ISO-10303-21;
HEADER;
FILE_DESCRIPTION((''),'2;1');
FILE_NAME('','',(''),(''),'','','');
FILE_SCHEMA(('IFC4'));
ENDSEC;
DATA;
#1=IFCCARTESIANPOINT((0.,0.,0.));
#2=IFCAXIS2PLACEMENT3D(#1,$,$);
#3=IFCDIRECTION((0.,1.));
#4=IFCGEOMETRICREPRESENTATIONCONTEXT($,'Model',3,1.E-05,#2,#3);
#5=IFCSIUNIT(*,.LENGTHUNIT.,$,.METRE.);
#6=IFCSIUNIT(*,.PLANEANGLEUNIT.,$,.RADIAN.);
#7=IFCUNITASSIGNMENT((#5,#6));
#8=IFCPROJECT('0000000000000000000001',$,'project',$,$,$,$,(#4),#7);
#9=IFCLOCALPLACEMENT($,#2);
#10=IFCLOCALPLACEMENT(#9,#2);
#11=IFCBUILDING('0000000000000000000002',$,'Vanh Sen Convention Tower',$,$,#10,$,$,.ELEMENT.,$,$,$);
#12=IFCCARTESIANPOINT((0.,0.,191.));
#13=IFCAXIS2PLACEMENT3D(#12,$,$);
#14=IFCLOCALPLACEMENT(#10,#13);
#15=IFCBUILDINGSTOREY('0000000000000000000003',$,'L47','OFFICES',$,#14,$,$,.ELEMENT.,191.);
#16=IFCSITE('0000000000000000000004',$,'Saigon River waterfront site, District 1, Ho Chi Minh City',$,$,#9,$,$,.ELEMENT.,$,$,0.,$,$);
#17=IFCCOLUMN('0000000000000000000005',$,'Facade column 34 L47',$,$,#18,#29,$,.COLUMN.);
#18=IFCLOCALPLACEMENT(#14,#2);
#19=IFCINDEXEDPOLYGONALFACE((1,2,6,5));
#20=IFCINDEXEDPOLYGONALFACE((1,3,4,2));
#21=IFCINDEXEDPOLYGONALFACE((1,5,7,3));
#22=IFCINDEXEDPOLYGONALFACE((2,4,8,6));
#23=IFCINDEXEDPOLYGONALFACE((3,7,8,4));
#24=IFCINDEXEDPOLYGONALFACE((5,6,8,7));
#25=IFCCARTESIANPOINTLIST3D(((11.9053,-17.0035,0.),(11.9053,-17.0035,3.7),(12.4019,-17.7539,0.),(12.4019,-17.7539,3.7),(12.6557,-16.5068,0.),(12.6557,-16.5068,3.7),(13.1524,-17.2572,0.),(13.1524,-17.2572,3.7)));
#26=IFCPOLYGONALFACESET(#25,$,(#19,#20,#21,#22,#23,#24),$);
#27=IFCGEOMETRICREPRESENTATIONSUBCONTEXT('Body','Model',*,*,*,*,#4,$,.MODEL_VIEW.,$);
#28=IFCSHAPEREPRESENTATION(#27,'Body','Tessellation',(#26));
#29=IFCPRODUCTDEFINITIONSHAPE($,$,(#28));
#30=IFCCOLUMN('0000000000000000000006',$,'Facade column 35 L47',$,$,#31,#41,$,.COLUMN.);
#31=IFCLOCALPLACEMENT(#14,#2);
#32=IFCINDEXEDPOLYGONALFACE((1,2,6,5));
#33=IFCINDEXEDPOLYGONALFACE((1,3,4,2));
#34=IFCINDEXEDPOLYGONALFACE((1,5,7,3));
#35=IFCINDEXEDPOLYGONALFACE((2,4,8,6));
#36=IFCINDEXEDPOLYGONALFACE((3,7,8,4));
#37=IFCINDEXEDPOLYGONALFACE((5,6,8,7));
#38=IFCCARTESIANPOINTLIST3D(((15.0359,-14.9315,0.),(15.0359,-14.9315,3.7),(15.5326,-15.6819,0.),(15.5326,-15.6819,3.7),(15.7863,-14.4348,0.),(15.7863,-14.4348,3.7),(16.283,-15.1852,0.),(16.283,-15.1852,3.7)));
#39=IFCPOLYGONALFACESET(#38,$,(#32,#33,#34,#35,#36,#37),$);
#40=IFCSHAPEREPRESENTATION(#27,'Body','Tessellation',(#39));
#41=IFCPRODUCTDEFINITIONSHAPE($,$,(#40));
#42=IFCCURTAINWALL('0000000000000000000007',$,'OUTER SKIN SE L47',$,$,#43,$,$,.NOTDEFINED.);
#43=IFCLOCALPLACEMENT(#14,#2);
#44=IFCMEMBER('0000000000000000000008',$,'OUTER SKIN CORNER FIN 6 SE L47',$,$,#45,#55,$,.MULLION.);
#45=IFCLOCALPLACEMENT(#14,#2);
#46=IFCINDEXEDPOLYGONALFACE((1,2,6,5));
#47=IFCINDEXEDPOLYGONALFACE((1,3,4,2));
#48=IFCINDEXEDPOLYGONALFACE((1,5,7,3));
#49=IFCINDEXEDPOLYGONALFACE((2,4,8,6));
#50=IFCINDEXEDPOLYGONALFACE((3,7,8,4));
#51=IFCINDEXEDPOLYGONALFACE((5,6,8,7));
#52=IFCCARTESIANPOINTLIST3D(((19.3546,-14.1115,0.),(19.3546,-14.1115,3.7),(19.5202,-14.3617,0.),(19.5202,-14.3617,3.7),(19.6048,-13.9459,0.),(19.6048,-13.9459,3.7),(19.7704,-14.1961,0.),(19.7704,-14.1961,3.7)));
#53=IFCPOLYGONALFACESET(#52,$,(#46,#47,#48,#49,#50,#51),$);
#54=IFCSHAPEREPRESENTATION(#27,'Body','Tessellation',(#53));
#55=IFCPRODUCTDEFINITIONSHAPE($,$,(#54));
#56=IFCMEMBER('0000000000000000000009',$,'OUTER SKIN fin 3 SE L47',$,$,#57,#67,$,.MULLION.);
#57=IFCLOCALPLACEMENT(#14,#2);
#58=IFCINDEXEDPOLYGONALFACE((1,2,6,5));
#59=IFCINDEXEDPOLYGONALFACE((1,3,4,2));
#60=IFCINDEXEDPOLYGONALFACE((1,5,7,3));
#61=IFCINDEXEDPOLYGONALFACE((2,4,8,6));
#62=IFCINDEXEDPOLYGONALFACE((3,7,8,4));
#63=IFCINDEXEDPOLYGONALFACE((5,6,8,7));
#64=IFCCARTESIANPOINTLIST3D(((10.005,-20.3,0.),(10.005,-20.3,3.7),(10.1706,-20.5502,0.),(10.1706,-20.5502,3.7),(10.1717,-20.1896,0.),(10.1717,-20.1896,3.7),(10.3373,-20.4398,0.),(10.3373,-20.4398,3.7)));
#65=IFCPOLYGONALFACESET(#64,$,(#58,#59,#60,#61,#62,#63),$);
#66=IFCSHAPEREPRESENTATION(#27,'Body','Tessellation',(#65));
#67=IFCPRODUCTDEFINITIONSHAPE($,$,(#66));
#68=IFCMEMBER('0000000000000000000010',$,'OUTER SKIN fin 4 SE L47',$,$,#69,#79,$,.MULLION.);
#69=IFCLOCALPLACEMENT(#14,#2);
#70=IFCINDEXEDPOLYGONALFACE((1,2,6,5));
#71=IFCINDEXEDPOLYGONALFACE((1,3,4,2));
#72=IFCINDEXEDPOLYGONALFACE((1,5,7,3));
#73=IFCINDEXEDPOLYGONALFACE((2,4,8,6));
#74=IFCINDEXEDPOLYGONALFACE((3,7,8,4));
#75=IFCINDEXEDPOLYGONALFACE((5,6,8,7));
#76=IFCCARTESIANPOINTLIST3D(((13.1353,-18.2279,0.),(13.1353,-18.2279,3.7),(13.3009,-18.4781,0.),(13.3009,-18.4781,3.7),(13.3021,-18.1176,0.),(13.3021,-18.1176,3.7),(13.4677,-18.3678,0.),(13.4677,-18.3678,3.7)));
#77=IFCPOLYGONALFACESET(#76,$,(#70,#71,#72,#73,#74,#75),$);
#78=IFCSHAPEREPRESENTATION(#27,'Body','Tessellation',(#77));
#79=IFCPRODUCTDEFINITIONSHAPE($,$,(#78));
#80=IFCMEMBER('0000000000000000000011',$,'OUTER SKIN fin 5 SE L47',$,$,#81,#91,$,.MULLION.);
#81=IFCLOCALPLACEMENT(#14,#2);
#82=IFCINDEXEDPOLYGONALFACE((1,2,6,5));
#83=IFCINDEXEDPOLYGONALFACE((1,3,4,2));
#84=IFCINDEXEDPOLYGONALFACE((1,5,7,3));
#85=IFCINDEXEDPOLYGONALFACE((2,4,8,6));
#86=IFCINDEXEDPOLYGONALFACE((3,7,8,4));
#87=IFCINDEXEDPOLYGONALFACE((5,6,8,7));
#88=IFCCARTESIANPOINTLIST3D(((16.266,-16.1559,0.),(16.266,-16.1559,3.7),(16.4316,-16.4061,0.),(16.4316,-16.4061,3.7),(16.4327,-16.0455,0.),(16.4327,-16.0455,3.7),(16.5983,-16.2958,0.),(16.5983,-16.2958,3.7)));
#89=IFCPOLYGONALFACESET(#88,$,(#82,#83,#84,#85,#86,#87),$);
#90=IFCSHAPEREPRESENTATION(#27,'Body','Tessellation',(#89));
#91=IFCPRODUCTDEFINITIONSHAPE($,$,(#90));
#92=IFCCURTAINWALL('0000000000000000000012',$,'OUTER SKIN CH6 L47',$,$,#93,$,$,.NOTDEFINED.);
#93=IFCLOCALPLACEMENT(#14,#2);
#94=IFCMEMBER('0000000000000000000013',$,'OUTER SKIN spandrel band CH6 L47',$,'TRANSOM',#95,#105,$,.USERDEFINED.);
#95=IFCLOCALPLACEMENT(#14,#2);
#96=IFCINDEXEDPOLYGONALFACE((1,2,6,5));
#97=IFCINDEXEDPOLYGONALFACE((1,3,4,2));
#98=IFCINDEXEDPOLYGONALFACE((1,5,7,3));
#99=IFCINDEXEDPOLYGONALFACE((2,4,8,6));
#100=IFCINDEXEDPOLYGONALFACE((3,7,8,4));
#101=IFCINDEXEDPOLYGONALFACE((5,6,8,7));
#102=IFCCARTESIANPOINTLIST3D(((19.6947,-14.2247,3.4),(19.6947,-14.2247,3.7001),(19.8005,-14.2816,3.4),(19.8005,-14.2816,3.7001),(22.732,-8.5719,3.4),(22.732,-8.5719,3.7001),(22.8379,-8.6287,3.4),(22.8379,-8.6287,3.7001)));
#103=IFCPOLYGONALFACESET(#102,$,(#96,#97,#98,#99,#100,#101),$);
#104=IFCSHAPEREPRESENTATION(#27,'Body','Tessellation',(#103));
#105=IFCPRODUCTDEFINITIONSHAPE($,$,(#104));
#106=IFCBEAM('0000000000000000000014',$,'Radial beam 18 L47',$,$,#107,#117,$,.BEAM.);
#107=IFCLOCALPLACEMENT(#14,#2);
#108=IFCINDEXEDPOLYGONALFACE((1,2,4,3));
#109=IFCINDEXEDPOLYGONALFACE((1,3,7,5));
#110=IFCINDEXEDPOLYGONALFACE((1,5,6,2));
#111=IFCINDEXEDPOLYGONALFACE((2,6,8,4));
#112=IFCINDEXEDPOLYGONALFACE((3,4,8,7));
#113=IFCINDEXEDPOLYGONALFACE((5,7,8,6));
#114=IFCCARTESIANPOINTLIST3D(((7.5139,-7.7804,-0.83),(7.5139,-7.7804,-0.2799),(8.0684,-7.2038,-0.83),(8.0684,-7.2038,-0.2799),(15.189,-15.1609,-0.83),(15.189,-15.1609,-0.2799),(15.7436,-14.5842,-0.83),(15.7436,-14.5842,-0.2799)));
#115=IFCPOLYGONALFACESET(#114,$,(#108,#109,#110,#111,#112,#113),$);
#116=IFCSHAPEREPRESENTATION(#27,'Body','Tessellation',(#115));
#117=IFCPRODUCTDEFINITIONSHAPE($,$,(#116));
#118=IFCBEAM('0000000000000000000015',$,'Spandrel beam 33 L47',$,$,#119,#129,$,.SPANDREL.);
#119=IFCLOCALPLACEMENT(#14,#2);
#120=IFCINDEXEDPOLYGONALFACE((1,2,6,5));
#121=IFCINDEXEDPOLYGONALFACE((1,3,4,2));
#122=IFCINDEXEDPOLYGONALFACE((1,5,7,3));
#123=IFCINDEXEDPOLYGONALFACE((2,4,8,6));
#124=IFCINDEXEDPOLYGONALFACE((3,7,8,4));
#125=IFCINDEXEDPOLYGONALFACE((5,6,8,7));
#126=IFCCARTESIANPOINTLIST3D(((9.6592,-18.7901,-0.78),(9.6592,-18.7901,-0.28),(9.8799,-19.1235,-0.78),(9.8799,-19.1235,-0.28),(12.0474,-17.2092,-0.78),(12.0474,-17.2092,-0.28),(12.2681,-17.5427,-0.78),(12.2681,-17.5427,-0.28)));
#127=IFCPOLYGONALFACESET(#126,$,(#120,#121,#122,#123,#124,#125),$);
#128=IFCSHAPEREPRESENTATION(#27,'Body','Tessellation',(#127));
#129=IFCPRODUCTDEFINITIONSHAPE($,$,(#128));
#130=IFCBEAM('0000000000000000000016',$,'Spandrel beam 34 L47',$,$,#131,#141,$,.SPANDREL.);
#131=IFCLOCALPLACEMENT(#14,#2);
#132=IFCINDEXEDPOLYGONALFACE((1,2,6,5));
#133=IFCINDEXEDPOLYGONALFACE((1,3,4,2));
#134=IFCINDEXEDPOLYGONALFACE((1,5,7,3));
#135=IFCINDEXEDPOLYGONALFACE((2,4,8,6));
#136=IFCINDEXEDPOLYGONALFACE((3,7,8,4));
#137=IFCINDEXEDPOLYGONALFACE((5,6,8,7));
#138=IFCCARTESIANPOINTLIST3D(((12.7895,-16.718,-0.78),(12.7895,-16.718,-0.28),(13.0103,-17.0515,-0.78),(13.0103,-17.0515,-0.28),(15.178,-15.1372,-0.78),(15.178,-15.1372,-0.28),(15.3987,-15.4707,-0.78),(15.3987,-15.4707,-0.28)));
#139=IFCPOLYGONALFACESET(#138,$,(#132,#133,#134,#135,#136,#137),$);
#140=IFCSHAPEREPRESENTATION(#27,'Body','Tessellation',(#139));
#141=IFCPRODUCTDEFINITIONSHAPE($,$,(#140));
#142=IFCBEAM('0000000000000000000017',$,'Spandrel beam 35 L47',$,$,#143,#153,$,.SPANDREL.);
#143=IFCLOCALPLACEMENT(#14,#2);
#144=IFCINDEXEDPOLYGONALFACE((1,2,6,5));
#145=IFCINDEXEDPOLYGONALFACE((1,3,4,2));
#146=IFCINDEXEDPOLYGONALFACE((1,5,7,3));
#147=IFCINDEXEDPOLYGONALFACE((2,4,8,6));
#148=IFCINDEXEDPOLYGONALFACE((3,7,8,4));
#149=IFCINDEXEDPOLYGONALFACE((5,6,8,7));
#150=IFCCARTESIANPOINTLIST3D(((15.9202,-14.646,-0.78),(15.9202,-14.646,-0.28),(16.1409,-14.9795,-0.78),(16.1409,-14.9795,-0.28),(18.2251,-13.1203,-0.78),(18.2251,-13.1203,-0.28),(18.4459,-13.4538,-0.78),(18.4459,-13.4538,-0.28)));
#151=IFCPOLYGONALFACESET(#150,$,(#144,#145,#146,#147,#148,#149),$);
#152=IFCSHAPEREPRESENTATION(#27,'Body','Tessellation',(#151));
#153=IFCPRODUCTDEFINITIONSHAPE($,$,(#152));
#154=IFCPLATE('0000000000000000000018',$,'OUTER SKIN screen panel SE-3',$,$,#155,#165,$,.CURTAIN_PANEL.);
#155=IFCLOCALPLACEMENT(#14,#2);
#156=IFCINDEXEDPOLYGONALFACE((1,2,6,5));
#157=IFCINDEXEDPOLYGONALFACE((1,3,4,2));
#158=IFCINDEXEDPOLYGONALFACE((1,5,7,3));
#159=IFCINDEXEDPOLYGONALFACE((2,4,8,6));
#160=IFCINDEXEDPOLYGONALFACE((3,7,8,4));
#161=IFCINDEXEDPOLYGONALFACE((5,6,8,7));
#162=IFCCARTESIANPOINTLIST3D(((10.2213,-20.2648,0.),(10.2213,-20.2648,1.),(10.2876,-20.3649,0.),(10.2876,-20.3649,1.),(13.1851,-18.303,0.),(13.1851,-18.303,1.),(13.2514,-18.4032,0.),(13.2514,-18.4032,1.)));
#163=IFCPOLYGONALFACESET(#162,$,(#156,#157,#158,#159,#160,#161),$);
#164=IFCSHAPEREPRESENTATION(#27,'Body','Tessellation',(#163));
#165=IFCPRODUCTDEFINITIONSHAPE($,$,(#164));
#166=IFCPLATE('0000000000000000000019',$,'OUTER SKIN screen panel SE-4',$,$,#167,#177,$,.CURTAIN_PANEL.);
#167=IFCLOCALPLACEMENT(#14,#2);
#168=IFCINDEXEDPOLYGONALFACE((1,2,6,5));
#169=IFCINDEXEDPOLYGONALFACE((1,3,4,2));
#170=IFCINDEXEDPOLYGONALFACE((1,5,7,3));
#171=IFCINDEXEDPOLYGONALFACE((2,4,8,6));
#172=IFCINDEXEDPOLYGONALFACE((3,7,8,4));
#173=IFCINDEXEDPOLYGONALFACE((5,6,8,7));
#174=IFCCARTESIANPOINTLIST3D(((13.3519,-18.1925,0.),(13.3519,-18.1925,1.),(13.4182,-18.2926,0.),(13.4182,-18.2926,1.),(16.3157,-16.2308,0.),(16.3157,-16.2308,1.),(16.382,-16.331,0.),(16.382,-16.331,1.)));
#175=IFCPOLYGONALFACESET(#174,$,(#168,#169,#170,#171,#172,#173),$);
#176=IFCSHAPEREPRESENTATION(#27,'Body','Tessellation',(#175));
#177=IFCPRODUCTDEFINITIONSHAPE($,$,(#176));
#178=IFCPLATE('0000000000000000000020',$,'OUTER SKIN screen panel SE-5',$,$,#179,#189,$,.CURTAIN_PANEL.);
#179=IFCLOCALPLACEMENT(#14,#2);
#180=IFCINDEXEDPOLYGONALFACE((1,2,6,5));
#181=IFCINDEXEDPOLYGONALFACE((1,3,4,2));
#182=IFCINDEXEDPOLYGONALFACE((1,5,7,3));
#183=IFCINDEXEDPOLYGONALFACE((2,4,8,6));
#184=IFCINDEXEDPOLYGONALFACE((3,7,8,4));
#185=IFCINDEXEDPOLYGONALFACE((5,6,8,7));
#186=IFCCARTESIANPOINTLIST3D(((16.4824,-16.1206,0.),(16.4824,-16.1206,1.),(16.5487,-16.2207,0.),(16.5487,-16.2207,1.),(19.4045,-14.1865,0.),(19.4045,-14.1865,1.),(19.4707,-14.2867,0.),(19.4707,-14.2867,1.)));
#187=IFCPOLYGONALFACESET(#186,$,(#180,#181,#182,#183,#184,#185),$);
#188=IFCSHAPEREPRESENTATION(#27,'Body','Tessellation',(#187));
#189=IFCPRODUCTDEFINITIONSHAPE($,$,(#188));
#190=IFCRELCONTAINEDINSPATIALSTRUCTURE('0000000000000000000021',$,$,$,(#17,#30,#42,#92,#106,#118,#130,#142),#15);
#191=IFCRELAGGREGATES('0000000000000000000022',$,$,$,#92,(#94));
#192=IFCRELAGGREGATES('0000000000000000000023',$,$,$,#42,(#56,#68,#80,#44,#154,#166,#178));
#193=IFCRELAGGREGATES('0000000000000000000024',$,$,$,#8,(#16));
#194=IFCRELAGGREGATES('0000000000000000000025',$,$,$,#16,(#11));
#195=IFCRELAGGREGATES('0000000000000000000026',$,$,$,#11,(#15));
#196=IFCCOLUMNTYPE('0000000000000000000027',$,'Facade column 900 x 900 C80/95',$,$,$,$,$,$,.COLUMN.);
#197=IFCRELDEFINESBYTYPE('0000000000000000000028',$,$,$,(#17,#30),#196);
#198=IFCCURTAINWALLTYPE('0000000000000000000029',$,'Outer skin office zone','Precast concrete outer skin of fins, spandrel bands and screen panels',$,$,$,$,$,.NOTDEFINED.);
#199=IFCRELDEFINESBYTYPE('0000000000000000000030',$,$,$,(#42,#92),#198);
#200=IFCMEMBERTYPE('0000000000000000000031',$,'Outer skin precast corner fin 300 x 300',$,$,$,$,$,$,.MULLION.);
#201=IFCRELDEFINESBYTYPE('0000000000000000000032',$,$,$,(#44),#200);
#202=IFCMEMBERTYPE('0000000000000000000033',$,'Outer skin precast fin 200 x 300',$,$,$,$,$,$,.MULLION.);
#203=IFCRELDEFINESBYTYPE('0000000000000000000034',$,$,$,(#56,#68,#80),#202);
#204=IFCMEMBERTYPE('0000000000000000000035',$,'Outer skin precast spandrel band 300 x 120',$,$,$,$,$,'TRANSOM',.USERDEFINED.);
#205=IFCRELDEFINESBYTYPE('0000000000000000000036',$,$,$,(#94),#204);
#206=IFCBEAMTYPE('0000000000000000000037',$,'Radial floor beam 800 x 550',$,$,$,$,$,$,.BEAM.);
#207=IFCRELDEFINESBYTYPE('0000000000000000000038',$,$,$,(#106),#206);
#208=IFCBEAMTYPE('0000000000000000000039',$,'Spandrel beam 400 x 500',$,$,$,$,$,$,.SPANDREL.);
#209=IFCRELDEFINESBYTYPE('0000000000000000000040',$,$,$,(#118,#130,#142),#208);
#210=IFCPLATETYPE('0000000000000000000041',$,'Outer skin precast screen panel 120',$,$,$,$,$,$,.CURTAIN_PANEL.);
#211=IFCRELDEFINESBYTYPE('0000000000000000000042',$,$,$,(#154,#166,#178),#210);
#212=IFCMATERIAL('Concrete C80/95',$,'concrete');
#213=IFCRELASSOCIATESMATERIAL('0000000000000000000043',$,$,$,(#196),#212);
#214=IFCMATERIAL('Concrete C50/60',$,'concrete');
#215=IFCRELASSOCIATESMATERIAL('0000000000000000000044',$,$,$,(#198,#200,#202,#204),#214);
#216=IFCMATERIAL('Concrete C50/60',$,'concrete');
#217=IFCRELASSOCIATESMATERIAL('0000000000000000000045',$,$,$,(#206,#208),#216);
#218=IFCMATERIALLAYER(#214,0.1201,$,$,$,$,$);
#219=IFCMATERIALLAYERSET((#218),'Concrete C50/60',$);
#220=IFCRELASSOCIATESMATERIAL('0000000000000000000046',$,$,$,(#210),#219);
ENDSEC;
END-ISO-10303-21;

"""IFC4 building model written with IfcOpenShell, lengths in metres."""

from ifc_helpers import new_model, si_unit, direction, frame, origin, origin_2d, place, context, subcontext, project, spatial, rectangle, extrude, material, layer, layer_set, material_profile, profile_set, type_object, element, aggregate, save


model = new_model("IFC4")

# Units and contexts
model_context = context("Model", 3, precision=1e-05, world=origin(), true_north=direction((0.0, 1.0)))
body_context = subcontext(model_context, "Body", "Model", "MODEL_VIEW")
ifc_project = project(units=[si_unit("LENGTHUNIT", "METRE"), si_unit("PLANEANGLEUNIT", "RADIAN")], contexts=[model_context])

# Site, building, storey
site_placement = place(None, origin())
site = spatial("IfcSite", under=ifc_project, at=site_placement, Name="Saigon River waterfront site, District 1, Ho Chi Minh City", CompositionType="ELEMENT", RefElevation=0.0)
building_placement = place(site_placement, origin())
building = spatial("IfcBuilding", under=site, at=building_placement, Name="Vanh Sen Convention Tower", CompositionType="ELEMENT")
storey_placement = place(building_placement, frame((0.0, 0.0, 191.0)))
storey = spatial("IfcBuildingStorey", under=building, at=storey_placement, Name="L47", Description="OFFICES", CompositionType="ELEMENT", Elevation=191.0)

# Columns
ifc_material_1 = material(Name="Concrete C80/95", Category="concrete")
ifc_material_profile_1 = material_profile(ifc_material_1, rectangle(XDim=0.8999, YDim=0.8999, at=origin_2d()), Name="RC 900X900")
ifc_profile_set_1 = profile_set([ifc_material_profile_1], Name="Concrete C80/95")
column_type = type_object("IfcColumnType", Name="Facade column 900 x 900 C80/95", PredefinedType="COLUMN", material=ifc_profile_set_1)
for number, where, z_axis, x_axis, name in (
    (1, (12.5288, -17.1304, 0.0), (0.0, 0.0, 1.0), (0.833886, 0.551937, 0.0), "Facade column 34 L47"),
    (2, (15.6594, -15.0583, 0.0), (0.0, 0.0, 1.0), (0.833886, 0.551937, 0.0), "Facade column 35 L47"),
):
    element("IfcColumn", number, at=place(storey_placement, frame(where, z_axis=z_axis, x_axis=x_axis)), inside=storey, type_object=column_type, Name=name, PredefinedType="COLUMN", context=body_context, shape_type="SweptSolid", body=[
        extrude(rectangle(XDim=0.8999, YDim=0.8999, at=origin_2d()), origin(), (0.0, 0.0, 1.0), 3.7),
    ])

# Curtain wall, members
ifc_material_2 = material(Name="Concrete C50/60", Category="concrete")
curtain_wall_type = type_object("IfcCurtainWallType", Name="Outer skin office zone", Description="Precast concrete outer skin of fins, spandrel bands and screen panels", PredefinedType="NOTDEFINED", material=ifc_material_2)
curtain_wall_1_placement = place(storey_placement, origin())
curtain_wall_1 = element("IfcCurtainWall", 3, at=curtain_wall_1_placement, inside=storey, type_object=curtain_wall_type, Name="OUTER SKIN SE L47", PredefinedType="NOTDEFINED")
ifc_material_profile_2 = material_profile(ifc_material_2, rectangle(XDim=0.3, YDim=0.3, at=origin_2d()), Name="Outer skin precast corner fin 300 x 300")
ifc_profile_set_2 = profile_set([ifc_material_profile_2], Name="Concrete C50/60")
member_type_1 = type_object("IfcMemberType", Name="Outer skin precast corner fin 300 x 300", PredefinedType="MULLION", material=ifc_profile_set_2)
member_1_placement = place(storey_placement, frame((19.5625, -14.1538, 0.0), z_axis=(0.0, 0.0, 1.0), x_axis=(0.833886, 0.551937, 0.0)))
member_1 = element("IfcMember", 4, at=member_1_placement, type_object=member_type_1, Name="OUTER SKIN CORNER FIN 6 SE L47", PredefinedType="MULLION", context=body_context, shape_type="SweptSolid", body=[
    extrude(rectangle(XDim=0.3, YDim=0.3, at=origin_2d()), origin(), (0.0, 0.0, 1.0), 3.7),
])
ifc_material_profile_3 = material_profile(ifc_material_2, rectangle(XDim=0.2, YDim=0.3, at=origin_2d()), Name="Outer skin precast fin 200 x 300")
ifc_profile_set_3 = profile_set([ifc_material_profile_3], Name="Concrete C50/60")
member_type_2 = type_object("IfcMemberType", Name="Outer skin precast fin 200 x 300", PredefinedType="MULLION", material=ifc_profile_set_3)
member_2_placement = place(storey_placement, frame((10.1711, -20.3699, 0.0), z_axis=(0.0, 0.0, 1.0), x_axis=(0.833886, 0.551937, 0.0)))
member_2 = element("IfcMember", 5, at=member_2_placement, type_object=member_type_2, Name="OUTER SKIN fin 3 SE L47", PredefinedType="MULLION", context=body_context, shape_type="SweptSolid", body=[
    extrude(rectangle(XDim=0.2, YDim=0.3, at=origin_2d()), origin(), (0.0, 0.0, 1.0), 3.7),
])
member_3_placement = place(storey_placement, frame((13.3015, -18.2979, 0.0), z_axis=(0.0, 0.0, 1.0), x_axis=(0.833886, 0.551937, 0.0)))
member_3 = element("IfcMember", 6, at=member_3_placement, type_object=member_type_2, Name="OUTER SKIN fin 4 SE L47", PredefinedType="MULLION", context=body_context, shape_type="SweptSolid", body=[
    extrude(rectangle(XDim=0.2, YDim=0.3, at=origin_2d()), origin(), (0.0, 0.0, 1.0), 3.7),
])
member_4_placement = place(storey_placement, frame((16.4321, -16.2258, 0.0), z_axis=(0.0, 0.0, 1.0), x_axis=(0.833886, 0.551937, 0.0)))
member_4 = element("IfcMember", 7, at=member_4_placement, type_object=member_type_2, Name="OUTER SKIN fin 5 SE L47", PredefinedType="MULLION", context=body_context, shape_type="SweptSolid", body=[
    extrude(rectangle(XDim=0.2, YDim=0.3, at=origin_2d()), origin(), (0.0, 0.0, 1.0), 3.7),
])

# Curtain wall, member
curtain_wall_2_placement = place(storey_placement, origin())
curtain_wall_2 = element("IfcCurtainWall", 8, at=curtain_wall_2_placement, inside=storey, type_object=curtain_wall_type, Name="OUTER SKIN CH6 L47", PredefinedType="NOTDEFINED")
ifc_material_profile_4 = material_profile(ifc_material_2, rectangle(XDim=0.1201, YDim=0.3, at=origin_2d()), Name="Outer skin precast spandrel band 300 x 120")
ifc_profile_set_4 = profile_set([ifc_material_profile_4], Name="Concrete C50/60")
member_type_3 = type_object("IfcMemberType", Name="Outer skin precast spandrel band 300 x 120", ElementType="TRANSOM", PredefinedType="USERDEFINED", material=ifc_profile_set_4)
member_5_placement = place(storey_placement, frame((19.7476, -14.2532, 3.55), z_axis=(0.473317, 0.880892, 0.0), x_axis=(-0.880892, 0.473317, 0.0)))
member_5 = element("IfcMember", 9, at=member_5_placement, type_object=member_type_3, Name="OUTER SKIN spandrel band CH6 L47", ObjectType="TRANSOM", PredefinedType="USERDEFINED", context=body_context, shape_type="SweptSolid", body=[
    extrude(rectangle(XDim=0.1201, YDim=0.3, at=origin_2d()), origin(), (0.0, 0.0, 1.0), 6.4172),
])
aggregate(curtain_wall_2, [member_5])

# Beams
ifc_material_3 = material(Name="Concrete C50/60", Category="concrete")
ifc_material_profile_5 = material_profile(ifc_material_3, rectangle(XDim=0.8, YDim=0.55, at=origin_2d()), Name="RC 800X550")
ifc_profile_set_5 = profile_set([ifc_material_profile_5], Name="Concrete C50/60")
beam_type_1 = type_object("IfcBeamType", Name="Radial floor beam 800 x 550", PredefinedType="BEAM", material=ifc_profile_set_5)
beam_1_placement = place(storey_placement, frame((15.4663, -14.8726, -0.5549), z_axis=(-0.720809, 0.693134, 0.0), x_axis=(-0.693134, -0.720809, 0.0)))
element("IfcBeam", 10, at=beam_1_placement, inside=storey, type_object=beam_type_1, Name="Radial beam 18 L47", PredefinedType="BEAM", context=body_context, shape_type="SweptSolid", body=[
    extrude(rectangle(XDim=0.8, YDim=0.55, at=origin_2d()), origin(), (0.0, 0.0, 1.0), 10.6479),
])
ifc_material_profile_6 = material_profile(ifc_material_3, rectangle(XDim=0.3999, YDim=0.5, at=origin_2d()), Name="RC 400X500")
ifc_profile_set_6 = profile_set([ifc_material_profile_6], Name="Concrete C50/60")
beam_type_2 = type_object("IfcBeamType", Name="Spandrel beam 400 x 500", PredefinedType="SPANDREL", material=ifc_profile_set_6)
beam_2_placement = place(storey_placement, frame((9.7695, -18.9568, -0.53), z_axis=(0.833869, 0.551963, 0.0), x_axis=(-0.551963, 0.833869, 0.0)))
element("IfcBeam", 11, at=beam_2_placement, inside=storey, type_object=beam_type_2, Name="Spandrel beam 33 L47", PredefinedType="SPANDREL", context=body_context, shape_type="SweptSolid", body=[
    extrude(rectangle(XDim=0.3999, YDim=0.5, at=origin_2d()), origin(), (0.0, 0.0, 1.0), 2.864),
])
beam_3_placement = place(storey_placement, frame((12.8999, -16.8848, -0.53), z_axis=(0.833895, 0.551924, 0.0), x_axis=(-0.551924, 0.833895, 0.0)))
element("IfcBeam", 12, at=beam_3_placement, inside=storey, type_object=beam_type_2, Name="Spandrel beam 34 L47", PredefinedType="SPANDREL", context=body_context, shape_type="SweptSolid", body=[
    extrude(rectangle(XDim=0.3999, YDim=0.5, at=origin_2d()), origin(), (0.0, 0.0, 1.0), 2.8643),
])
beam_4_placement = place(storey_placement, frame((16.0305, -14.8127, -0.53), z_axis=(0.83388, 0.551945, 0.0), x_axis=(-0.551945, 0.83388, 0.0)))
element("IfcBeam", 13, at=beam_4_placement, inside=storey, type_object=beam_type_2, Name="Spandrel beam 35 L47", PredefinedType="SPANDREL", context=body_context, shape_type="SweptSolid", body=[
    extrude(rectangle(XDim=0.3999, YDim=0.5, at=origin_2d()), origin(), (0.0, 0.0, 1.0), 2.7642),
])

# Plates
ifc_layer_1 = layer(ifc_material_2, 0.1201)
ifc_layer_set_1 = layer_set([ifc_layer_1], Name="Concrete C50/60")
plate_type = type_object("IfcPlateType", Name="Outer skin precast screen panel 120", PredefinedType="CURTAIN_PANEL", material=ifc_layer_set_1)
plate_1_placement = place(storey_placement, frame((11.7363, -19.334, 0.0), z_axis=(0.0, 0.0, 1.0), x_axis=(0.833877, 0.55195, 0.0)))
plate_1 = element("IfcPlate", 14, at=plate_1_placement, type_object=plate_type, Name="OUTER SKIN screen panel SE-3", PredefinedType="CURTAIN_PANEL", context=body_context, shape_type="SweptSolid", body=[
    extrude(rectangle(XDim=3.5542, YDim=0.1201, at=origin_2d()), origin(), (0.0, 0.0, 1.0), 1.0),
])
plate_2_placement = place(storey_placement, frame((14.8669, -17.2617, 0.0), z_axis=(0.0, 0.0, 1.0), x_axis=(0.83389, 0.551931, 0.0)))
plate_2 = element("IfcPlate", 15, at=plate_2_placement, type_object=plate_type, Name="OUTER SKIN screen panel SE-4", PredefinedType="CURTAIN_PANEL", context=body_context, shape_type="SweptSolid", body=[
    extrude(rectangle(XDim=3.5542, YDim=0.1201, at=origin_2d()), origin(), (0.0, 0.0, 1.0), 1.0),
])
plate_3_placement = place(storey_placement, frame((17.9766, -15.2036, 0.0), z_axis=(0.0, 0.0, 1.0), x_axis=(0.83389, 0.551931, 0.0)))
plate_3 = element("IfcPlate", 16, at=plate_3_placement, type_object=plate_type, Name="OUTER SKIN screen panel SE-5", PredefinedType="CURTAIN_PANEL", context=body_context, shape_type="SweptSolid", body=[
    extrude(rectangle(XDim=3.5042, YDim=0.1201, at=origin_2d()), origin(), (0.0, 0.0, 1.0), 1.0),
])
aggregate(curtain_wall_1, [member_2, member_3, member_4, member_1, plate_1, plate_2, plate_3])

save(model, "model.ifc")
